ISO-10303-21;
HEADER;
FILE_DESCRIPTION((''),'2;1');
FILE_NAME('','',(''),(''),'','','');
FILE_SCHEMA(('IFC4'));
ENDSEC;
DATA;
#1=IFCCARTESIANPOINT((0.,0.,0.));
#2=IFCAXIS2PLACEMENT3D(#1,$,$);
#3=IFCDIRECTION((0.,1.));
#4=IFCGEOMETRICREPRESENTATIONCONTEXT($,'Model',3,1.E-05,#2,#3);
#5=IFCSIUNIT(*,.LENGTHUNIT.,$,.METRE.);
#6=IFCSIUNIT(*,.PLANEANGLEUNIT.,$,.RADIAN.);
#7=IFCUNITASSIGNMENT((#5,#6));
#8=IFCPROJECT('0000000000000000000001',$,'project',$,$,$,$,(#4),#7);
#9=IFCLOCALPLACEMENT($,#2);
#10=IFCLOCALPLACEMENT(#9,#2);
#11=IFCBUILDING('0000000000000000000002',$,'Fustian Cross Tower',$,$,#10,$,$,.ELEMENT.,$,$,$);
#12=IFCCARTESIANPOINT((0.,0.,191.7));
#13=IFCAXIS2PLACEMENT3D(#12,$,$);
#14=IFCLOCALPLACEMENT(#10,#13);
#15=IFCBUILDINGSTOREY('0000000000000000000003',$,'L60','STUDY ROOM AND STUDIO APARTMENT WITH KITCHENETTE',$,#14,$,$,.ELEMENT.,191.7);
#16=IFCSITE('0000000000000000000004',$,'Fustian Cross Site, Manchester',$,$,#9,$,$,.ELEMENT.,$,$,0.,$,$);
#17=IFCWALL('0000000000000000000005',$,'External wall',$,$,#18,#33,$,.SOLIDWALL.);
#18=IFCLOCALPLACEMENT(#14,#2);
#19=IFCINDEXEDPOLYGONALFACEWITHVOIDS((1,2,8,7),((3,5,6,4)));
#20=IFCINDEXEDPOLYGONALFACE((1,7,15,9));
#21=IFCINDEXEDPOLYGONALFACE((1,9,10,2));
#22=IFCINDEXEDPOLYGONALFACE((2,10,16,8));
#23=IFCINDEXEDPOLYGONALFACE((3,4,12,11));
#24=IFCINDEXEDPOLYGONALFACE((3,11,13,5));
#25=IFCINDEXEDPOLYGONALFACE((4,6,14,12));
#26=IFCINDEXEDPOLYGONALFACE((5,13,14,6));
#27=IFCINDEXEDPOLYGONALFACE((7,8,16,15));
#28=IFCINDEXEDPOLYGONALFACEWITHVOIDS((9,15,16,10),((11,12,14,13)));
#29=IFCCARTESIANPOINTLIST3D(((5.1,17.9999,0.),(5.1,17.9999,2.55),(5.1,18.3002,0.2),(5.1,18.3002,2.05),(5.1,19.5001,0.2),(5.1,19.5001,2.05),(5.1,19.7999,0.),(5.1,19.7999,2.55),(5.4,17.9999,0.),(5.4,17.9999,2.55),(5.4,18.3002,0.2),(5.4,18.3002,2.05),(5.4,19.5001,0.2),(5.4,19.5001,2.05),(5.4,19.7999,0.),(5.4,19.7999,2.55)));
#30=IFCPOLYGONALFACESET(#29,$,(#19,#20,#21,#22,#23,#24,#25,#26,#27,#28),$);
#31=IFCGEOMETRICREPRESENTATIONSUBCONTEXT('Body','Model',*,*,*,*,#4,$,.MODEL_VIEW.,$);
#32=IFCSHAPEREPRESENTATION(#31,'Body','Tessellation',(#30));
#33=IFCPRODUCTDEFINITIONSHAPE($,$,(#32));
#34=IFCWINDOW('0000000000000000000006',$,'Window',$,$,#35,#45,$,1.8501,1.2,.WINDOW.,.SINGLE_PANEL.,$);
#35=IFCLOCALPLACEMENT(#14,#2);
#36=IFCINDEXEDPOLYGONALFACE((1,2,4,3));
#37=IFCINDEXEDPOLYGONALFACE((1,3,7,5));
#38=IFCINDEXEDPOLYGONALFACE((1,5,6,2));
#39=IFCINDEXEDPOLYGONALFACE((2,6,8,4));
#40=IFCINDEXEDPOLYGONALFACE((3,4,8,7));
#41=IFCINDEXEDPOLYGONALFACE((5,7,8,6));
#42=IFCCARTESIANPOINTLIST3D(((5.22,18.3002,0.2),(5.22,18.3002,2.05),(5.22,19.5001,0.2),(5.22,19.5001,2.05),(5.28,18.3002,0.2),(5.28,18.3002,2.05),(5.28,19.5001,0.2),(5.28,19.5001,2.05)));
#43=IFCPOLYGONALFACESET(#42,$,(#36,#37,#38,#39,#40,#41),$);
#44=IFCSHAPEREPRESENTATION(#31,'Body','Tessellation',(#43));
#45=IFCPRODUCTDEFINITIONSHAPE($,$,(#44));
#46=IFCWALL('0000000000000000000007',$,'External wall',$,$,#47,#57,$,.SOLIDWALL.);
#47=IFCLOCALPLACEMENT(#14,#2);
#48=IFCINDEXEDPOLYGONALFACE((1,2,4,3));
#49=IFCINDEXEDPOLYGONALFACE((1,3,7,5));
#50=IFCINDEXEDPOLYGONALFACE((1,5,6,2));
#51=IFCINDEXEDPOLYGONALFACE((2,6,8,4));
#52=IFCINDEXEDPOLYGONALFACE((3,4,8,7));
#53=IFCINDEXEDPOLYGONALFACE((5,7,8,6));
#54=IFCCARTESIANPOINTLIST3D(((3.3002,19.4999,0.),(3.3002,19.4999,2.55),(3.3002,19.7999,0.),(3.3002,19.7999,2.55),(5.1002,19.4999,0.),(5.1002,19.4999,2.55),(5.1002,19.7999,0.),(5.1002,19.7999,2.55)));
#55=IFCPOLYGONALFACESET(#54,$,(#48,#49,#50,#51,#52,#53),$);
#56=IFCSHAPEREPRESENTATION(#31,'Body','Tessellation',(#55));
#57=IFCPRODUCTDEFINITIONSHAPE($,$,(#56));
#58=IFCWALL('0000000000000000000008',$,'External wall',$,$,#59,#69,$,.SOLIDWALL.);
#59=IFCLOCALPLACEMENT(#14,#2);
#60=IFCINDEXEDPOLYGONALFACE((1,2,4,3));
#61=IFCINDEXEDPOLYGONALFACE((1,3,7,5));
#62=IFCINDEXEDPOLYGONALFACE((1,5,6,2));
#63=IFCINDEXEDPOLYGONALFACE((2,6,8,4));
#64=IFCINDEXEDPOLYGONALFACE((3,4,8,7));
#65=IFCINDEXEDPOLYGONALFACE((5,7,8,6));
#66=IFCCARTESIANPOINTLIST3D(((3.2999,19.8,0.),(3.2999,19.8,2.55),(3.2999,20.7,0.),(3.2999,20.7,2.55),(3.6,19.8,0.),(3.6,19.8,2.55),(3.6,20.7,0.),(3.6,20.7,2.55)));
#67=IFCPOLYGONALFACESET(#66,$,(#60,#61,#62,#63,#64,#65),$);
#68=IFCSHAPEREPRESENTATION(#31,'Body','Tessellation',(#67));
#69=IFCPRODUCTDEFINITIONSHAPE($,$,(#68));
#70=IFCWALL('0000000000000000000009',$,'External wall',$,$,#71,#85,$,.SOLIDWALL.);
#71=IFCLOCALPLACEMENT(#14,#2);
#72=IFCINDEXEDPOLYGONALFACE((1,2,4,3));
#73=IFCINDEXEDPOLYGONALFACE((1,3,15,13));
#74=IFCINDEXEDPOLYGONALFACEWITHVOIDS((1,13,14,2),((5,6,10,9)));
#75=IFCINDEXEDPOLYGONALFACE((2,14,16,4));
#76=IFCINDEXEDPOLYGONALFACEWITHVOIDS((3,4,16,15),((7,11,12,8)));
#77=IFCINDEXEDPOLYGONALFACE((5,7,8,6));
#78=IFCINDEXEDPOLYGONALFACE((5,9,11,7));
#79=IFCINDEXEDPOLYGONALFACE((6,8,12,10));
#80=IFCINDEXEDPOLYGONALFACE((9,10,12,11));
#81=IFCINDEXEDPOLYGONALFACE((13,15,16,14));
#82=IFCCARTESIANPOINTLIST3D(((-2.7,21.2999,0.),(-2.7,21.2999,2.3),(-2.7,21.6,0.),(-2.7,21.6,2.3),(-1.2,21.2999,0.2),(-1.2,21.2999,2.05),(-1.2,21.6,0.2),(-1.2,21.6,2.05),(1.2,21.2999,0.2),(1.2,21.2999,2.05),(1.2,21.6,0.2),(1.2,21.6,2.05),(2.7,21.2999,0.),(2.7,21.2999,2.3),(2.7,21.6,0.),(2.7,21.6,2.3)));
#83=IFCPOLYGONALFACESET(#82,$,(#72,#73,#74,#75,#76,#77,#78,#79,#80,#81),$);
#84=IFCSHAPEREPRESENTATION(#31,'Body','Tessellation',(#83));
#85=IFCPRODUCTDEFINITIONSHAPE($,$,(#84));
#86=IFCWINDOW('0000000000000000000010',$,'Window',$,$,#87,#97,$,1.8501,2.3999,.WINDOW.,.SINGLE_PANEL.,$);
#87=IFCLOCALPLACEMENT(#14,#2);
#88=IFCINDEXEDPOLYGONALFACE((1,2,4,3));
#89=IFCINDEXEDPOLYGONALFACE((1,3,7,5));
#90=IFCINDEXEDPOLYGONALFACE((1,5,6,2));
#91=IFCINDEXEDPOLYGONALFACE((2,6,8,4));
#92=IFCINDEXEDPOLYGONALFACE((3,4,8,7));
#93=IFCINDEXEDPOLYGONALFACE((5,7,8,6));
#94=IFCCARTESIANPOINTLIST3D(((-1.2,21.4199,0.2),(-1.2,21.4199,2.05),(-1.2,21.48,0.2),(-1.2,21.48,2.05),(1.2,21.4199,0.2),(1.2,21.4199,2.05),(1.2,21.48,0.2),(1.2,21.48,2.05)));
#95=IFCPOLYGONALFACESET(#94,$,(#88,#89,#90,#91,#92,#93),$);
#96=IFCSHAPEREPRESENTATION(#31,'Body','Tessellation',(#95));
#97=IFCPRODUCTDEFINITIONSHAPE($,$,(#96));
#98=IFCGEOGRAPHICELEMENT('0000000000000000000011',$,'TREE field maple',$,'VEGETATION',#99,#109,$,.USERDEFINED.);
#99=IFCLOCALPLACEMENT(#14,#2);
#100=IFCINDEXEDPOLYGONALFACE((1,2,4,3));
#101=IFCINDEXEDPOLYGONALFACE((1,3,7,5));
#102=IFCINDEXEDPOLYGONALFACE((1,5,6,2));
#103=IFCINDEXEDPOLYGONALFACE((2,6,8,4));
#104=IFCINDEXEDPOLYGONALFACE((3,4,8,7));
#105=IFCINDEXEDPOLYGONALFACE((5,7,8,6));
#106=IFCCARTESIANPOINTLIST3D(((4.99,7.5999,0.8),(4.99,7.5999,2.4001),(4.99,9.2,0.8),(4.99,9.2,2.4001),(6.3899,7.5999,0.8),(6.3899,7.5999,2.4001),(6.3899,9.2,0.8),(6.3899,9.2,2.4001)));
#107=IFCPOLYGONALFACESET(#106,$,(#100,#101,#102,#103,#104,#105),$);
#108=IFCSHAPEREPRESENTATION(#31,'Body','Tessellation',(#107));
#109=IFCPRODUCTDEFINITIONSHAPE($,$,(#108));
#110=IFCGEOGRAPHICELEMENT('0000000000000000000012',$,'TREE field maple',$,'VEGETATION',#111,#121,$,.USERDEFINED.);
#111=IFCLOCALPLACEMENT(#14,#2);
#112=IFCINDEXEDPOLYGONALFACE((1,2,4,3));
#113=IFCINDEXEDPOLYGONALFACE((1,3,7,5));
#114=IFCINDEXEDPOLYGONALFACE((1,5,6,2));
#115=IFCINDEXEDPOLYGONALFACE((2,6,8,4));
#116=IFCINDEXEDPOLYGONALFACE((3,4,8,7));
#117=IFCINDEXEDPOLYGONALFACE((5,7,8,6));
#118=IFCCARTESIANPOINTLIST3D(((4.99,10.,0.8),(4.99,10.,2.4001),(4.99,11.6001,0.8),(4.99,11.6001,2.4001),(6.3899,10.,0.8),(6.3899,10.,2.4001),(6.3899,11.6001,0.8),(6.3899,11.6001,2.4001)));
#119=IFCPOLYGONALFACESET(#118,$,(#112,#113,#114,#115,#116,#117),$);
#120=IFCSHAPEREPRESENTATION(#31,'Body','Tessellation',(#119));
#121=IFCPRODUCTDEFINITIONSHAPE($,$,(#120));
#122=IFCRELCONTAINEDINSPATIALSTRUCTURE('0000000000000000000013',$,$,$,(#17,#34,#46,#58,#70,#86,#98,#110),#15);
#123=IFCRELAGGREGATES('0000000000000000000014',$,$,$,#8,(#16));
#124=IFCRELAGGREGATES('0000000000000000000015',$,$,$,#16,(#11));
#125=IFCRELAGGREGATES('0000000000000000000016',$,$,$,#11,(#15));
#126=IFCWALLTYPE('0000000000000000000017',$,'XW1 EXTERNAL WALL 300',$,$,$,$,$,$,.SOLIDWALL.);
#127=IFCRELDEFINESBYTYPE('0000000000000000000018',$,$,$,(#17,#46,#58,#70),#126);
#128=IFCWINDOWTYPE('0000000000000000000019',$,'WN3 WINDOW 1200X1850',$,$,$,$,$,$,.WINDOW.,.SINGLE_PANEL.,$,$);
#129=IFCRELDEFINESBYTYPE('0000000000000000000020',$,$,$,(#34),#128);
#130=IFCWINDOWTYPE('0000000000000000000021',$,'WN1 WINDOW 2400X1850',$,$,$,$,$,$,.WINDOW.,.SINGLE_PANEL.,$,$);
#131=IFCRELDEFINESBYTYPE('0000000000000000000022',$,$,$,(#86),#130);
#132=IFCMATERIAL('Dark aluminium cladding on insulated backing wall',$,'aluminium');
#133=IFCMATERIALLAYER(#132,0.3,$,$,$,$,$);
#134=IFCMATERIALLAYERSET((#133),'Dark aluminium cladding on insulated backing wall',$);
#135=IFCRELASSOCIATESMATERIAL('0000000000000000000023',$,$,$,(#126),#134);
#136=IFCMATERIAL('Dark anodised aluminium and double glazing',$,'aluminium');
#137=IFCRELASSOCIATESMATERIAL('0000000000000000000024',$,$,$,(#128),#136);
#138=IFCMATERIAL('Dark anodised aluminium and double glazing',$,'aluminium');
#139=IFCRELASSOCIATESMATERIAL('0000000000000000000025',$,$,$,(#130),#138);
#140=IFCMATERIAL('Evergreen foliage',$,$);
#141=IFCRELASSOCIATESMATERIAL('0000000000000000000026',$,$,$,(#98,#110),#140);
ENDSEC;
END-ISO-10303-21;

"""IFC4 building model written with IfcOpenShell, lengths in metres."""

from ifc_helpers import new_model, si_unit, direction, frame, frame_2d, origin, origin_2d, place, context, subcontext, project, spatial, rectangle, extrude, material, layer, layer_set, type_object, element, fill, save


model = new_model("IFC4")

# Units and contexts
model_context = context("Model", 3, precision=1e-05, world=origin(), true_north=direction((0.0, 1.0)))
body_context = subcontext(model_context, "Body", "Model", "MODEL_VIEW")
ifc_project = project(units=[si_unit("LENGTHUNIT", "METRE"), si_unit("PLANEANGLEUNIT", "RADIAN")], contexts=[model_context])

# Site, building, storey
site_placement = place(None, origin())
site = spatial("IfcSite", under=ifc_project, at=site_placement, Name="Fustian Cross Site, Manchester", CompositionType="ELEMENT", RefElevation=0.0)
building_placement = place(site_placement, origin())
building = spatial("IfcBuilding", under=site, at=building_placement, Name="Fustian Cross Tower", CompositionType="ELEMENT")
storey_placement = place(building_placement, frame((0.0, 0.0, 191.7)))
storey = spatial("IfcBuildingStorey", under=building, at=storey_placement, Name="L60", Description="STUDY ROOM AND STUDIO APARTMENT WITH KITCHENETTE", CompositionType="ELEMENT", Elevation=191.7)

# Shared definitions
ifc_material_1 = material(Name="Dark aluminium cladding on insulated backing wall", Category="aluminium")
ifc_layer_1 = layer(ifc_material_1, 0.3)
ifc_layer_set_1 = layer_set([ifc_layer_1], Name="Dark aluminium cladding on insulated backing wall")
wall_type_1 = type_object("IfcWallType", Name="XW1 EXTERNAL WALL 300", PredefinedType="SOLIDWALL", material=ifc_layer_set_1)

# Wall, opening, window
wall_1_placement = place(storey_placement, frame((5.25, 18.0, 0.0), z_axis=(0.0, 0.0, 1.0), x_axis=(0.0, 1.0, 0.0)))
wall_1 = element("IfcWall", 1, at=wall_1_placement, inside=storey, type_object=wall_type_1, Name="External wall", PredefinedType="SOLIDWALL", context=body_context, shape_type="SweptSolid", body=[
    extrude(rectangle(XDim=1.8, YDim=0.3, at=frame_2d((0.8999, 0.0))), origin(), (0.0, 0.0, 1.0), 2.55),
])
opening_1_placement = place(wall_1_placement, frame((0.3, 0.0, 0.2)))
opening_1 = element("IfcOpeningElement", 2, at=opening_1_placement, cuts=wall_1, PredefinedType="OPENING", context=body_context, shape_type="SweptSolid", body=[
    extrude(rectangle(XDim=1.2, YDim=1.8501, at=frame_2d((0.6001, 0.925))), frame((0.0, 0.1599, 0.0), z_axis=(0.0, -1.0, 0.0), x_axis=(1.0, 0.0, 0.0)), (0.0, 0.0, 1.0), 0.3201),
])
ifc_material_2 = material(Name="Dark anodised aluminium and double glazing", Category="aluminium")
window_type_1 = type_object("IfcWindowType", Name="WN3 WINDOW 1200X1850", PartitioningType="SINGLE_PANEL", PredefinedType="WINDOW", material=ifc_material_2)
window_1_placement = place(opening_1_placement, origin())
window_1 = element("IfcWindow", 3, at=window_1_placement, inside=storey, type_object=window_type_1, Name="Window", OverallHeight=1.8501, OverallWidth=1.2, PartitioningType="SINGLE_PANEL", PredefinedType="WINDOW", context=body_context, shape_type="SweptSolid", body=[
    extrude(rectangle(XDim=1.2, YDim=1.8501, at=frame_2d((0.6001, 0.925))), frame((0.0, 0.03, 0.0), z_axis=(0.0, -1.0, 0.0), x_axis=(1.0, 0.0, 0.0)), (0.0, 0.0, 1.0), 0.0601),
])
fill(opening_1, window_1)

# Walls
wall_2_placement = place(storey_placement, frame((5.1001, 19.6499, 0.0), z_axis=(0.0, 0.0, 1.0), x_axis=(-1.0, 0.0, 0.0)))
element("IfcWall", 4, at=wall_2_placement, inside=storey, type_object=wall_type_1, Name="External wall", PredefinedType="SOLIDWALL", context=body_context, shape_type="SweptSolid", body=[
    extrude(rectangle(XDim=1.8, YDim=0.3, at=frame_2d((0.8999, 0.0))), origin(), (0.0, 0.0, 1.0), 2.55),
])
wall_3_placement = place(storey_placement, frame((3.45, 19.8, 0.0), z_axis=(0.0, 0.0, 1.0), x_axis=(0.0, 1.0, 0.0)))
element("IfcWall", 5, at=wall_3_placement, inside=storey, type_object=wall_type_1, Name="External wall", PredefinedType="SOLIDWALL", context=body_context, shape_type="SweptSolid", body=[
    extrude(rectangle(XDim=0.8999, YDim=0.3, at=frame_2d((0.45, 0.0))), origin(), (0.0, 0.0, 1.0), 2.55),
])

# Wall, opening, window
wall_4_placement = place(storey_placement, frame((2.7, 21.45, 0.0), z_axis=(0.0, 0.0, 1.0), x_axis=(-1.0, 0.0, 0.0)))
wall_4 = element("IfcWall", 6, at=wall_4_placement, inside=storey, type_object=wall_type_1, Name="External wall", PredefinedType="SOLIDWALL", context=body_context, shape_type="SweptSolid", body=[
    extrude(rectangle(XDim=5.3999, YDim=0.3, at=frame_2d((2.7, 0.0))), origin(), (0.0, 0.0, 1.0), 2.3),
])
opening_2_placement = place(wall_4_placement, frame((1.5, 0.0, 0.2)))
opening_2 = element("IfcOpeningElement", 7, at=opening_2_placement, cuts=wall_4, PredefinedType="OPENING", context=body_context, shape_type="SweptSolid", body=[
    extrude(rectangle(XDim=2.3999, YDim=1.8501, at=frame_2d((1.2, 0.925))), frame((0.0, 0.1599, 0.0), z_axis=(0.0, -1.0, 0.0), x_axis=(1.0, 0.0, 0.0)), (0.0, 0.0, 1.0), 0.3201),
])
ifc_material_3 = material(Name="Dark anodised aluminium and double glazing", Category="aluminium")
window_type_2 = type_object("IfcWindowType", Name="WN1 WINDOW 2400X1850", PartitioningType="SINGLE_PANEL", PredefinedType="WINDOW", material=ifc_material_3)
window_2_placement = place(opening_2_placement, origin())
window_2 = element("IfcWindow", 8, at=window_2_placement, inside=storey, type_object=window_type_2, Name="Window", OverallHeight=1.8501, OverallWidth=2.3999, PartitioningType="SINGLE_PANEL", PredefinedType="WINDOW", context=body_context, shape_type="SweptSolid", body=[
    extrude(rectangle(XDim=2.3999, YDim=1.8501, at=frame_2d((1.2, 0.925))), frame((0.0, 0.03, 0.0), z_axis=(0.0, -1.0, 0.0), x_axis=(1.0, 0.0, 0.0)), (0.0, 0.0, 1.0), 0.0601),
])
fill(opening_2, window_2)

# Geographic elements
ifc_material_4 = material(Name="Evergreen foliage")
for number, where, z_axis, x_axis, name in (
    (9, (5.6899, 8.3999, 0.8), (0.0, 0.0, 1.0), (1.0, 0.0, 0.0), "TREE field maple"),
    (10, (5.6899, 10.8, 0.8), (0.0, 0.0, 1.0), (1.0, 0.0, 0.0), "TREE field maple"),
):
    element("IfcGeographicElement", number, at=place(storey_placement, frame(where, z_axis=z_axis, x_axis=x_axis)), inside=storey, material=ifc_material_4, Name=name, ObjectType="VEGETATION", PredefinedType="USERDEFINED", context=body_context, shape_type="SweptSolid", body=[
        extrude(rectangle(XDim=1.3999, YDim=1.6001, at=origin_2d()), origin(), (0.0, 0.0, 1.0), 1.6001),
    ])

save(model, "model.ifc")
